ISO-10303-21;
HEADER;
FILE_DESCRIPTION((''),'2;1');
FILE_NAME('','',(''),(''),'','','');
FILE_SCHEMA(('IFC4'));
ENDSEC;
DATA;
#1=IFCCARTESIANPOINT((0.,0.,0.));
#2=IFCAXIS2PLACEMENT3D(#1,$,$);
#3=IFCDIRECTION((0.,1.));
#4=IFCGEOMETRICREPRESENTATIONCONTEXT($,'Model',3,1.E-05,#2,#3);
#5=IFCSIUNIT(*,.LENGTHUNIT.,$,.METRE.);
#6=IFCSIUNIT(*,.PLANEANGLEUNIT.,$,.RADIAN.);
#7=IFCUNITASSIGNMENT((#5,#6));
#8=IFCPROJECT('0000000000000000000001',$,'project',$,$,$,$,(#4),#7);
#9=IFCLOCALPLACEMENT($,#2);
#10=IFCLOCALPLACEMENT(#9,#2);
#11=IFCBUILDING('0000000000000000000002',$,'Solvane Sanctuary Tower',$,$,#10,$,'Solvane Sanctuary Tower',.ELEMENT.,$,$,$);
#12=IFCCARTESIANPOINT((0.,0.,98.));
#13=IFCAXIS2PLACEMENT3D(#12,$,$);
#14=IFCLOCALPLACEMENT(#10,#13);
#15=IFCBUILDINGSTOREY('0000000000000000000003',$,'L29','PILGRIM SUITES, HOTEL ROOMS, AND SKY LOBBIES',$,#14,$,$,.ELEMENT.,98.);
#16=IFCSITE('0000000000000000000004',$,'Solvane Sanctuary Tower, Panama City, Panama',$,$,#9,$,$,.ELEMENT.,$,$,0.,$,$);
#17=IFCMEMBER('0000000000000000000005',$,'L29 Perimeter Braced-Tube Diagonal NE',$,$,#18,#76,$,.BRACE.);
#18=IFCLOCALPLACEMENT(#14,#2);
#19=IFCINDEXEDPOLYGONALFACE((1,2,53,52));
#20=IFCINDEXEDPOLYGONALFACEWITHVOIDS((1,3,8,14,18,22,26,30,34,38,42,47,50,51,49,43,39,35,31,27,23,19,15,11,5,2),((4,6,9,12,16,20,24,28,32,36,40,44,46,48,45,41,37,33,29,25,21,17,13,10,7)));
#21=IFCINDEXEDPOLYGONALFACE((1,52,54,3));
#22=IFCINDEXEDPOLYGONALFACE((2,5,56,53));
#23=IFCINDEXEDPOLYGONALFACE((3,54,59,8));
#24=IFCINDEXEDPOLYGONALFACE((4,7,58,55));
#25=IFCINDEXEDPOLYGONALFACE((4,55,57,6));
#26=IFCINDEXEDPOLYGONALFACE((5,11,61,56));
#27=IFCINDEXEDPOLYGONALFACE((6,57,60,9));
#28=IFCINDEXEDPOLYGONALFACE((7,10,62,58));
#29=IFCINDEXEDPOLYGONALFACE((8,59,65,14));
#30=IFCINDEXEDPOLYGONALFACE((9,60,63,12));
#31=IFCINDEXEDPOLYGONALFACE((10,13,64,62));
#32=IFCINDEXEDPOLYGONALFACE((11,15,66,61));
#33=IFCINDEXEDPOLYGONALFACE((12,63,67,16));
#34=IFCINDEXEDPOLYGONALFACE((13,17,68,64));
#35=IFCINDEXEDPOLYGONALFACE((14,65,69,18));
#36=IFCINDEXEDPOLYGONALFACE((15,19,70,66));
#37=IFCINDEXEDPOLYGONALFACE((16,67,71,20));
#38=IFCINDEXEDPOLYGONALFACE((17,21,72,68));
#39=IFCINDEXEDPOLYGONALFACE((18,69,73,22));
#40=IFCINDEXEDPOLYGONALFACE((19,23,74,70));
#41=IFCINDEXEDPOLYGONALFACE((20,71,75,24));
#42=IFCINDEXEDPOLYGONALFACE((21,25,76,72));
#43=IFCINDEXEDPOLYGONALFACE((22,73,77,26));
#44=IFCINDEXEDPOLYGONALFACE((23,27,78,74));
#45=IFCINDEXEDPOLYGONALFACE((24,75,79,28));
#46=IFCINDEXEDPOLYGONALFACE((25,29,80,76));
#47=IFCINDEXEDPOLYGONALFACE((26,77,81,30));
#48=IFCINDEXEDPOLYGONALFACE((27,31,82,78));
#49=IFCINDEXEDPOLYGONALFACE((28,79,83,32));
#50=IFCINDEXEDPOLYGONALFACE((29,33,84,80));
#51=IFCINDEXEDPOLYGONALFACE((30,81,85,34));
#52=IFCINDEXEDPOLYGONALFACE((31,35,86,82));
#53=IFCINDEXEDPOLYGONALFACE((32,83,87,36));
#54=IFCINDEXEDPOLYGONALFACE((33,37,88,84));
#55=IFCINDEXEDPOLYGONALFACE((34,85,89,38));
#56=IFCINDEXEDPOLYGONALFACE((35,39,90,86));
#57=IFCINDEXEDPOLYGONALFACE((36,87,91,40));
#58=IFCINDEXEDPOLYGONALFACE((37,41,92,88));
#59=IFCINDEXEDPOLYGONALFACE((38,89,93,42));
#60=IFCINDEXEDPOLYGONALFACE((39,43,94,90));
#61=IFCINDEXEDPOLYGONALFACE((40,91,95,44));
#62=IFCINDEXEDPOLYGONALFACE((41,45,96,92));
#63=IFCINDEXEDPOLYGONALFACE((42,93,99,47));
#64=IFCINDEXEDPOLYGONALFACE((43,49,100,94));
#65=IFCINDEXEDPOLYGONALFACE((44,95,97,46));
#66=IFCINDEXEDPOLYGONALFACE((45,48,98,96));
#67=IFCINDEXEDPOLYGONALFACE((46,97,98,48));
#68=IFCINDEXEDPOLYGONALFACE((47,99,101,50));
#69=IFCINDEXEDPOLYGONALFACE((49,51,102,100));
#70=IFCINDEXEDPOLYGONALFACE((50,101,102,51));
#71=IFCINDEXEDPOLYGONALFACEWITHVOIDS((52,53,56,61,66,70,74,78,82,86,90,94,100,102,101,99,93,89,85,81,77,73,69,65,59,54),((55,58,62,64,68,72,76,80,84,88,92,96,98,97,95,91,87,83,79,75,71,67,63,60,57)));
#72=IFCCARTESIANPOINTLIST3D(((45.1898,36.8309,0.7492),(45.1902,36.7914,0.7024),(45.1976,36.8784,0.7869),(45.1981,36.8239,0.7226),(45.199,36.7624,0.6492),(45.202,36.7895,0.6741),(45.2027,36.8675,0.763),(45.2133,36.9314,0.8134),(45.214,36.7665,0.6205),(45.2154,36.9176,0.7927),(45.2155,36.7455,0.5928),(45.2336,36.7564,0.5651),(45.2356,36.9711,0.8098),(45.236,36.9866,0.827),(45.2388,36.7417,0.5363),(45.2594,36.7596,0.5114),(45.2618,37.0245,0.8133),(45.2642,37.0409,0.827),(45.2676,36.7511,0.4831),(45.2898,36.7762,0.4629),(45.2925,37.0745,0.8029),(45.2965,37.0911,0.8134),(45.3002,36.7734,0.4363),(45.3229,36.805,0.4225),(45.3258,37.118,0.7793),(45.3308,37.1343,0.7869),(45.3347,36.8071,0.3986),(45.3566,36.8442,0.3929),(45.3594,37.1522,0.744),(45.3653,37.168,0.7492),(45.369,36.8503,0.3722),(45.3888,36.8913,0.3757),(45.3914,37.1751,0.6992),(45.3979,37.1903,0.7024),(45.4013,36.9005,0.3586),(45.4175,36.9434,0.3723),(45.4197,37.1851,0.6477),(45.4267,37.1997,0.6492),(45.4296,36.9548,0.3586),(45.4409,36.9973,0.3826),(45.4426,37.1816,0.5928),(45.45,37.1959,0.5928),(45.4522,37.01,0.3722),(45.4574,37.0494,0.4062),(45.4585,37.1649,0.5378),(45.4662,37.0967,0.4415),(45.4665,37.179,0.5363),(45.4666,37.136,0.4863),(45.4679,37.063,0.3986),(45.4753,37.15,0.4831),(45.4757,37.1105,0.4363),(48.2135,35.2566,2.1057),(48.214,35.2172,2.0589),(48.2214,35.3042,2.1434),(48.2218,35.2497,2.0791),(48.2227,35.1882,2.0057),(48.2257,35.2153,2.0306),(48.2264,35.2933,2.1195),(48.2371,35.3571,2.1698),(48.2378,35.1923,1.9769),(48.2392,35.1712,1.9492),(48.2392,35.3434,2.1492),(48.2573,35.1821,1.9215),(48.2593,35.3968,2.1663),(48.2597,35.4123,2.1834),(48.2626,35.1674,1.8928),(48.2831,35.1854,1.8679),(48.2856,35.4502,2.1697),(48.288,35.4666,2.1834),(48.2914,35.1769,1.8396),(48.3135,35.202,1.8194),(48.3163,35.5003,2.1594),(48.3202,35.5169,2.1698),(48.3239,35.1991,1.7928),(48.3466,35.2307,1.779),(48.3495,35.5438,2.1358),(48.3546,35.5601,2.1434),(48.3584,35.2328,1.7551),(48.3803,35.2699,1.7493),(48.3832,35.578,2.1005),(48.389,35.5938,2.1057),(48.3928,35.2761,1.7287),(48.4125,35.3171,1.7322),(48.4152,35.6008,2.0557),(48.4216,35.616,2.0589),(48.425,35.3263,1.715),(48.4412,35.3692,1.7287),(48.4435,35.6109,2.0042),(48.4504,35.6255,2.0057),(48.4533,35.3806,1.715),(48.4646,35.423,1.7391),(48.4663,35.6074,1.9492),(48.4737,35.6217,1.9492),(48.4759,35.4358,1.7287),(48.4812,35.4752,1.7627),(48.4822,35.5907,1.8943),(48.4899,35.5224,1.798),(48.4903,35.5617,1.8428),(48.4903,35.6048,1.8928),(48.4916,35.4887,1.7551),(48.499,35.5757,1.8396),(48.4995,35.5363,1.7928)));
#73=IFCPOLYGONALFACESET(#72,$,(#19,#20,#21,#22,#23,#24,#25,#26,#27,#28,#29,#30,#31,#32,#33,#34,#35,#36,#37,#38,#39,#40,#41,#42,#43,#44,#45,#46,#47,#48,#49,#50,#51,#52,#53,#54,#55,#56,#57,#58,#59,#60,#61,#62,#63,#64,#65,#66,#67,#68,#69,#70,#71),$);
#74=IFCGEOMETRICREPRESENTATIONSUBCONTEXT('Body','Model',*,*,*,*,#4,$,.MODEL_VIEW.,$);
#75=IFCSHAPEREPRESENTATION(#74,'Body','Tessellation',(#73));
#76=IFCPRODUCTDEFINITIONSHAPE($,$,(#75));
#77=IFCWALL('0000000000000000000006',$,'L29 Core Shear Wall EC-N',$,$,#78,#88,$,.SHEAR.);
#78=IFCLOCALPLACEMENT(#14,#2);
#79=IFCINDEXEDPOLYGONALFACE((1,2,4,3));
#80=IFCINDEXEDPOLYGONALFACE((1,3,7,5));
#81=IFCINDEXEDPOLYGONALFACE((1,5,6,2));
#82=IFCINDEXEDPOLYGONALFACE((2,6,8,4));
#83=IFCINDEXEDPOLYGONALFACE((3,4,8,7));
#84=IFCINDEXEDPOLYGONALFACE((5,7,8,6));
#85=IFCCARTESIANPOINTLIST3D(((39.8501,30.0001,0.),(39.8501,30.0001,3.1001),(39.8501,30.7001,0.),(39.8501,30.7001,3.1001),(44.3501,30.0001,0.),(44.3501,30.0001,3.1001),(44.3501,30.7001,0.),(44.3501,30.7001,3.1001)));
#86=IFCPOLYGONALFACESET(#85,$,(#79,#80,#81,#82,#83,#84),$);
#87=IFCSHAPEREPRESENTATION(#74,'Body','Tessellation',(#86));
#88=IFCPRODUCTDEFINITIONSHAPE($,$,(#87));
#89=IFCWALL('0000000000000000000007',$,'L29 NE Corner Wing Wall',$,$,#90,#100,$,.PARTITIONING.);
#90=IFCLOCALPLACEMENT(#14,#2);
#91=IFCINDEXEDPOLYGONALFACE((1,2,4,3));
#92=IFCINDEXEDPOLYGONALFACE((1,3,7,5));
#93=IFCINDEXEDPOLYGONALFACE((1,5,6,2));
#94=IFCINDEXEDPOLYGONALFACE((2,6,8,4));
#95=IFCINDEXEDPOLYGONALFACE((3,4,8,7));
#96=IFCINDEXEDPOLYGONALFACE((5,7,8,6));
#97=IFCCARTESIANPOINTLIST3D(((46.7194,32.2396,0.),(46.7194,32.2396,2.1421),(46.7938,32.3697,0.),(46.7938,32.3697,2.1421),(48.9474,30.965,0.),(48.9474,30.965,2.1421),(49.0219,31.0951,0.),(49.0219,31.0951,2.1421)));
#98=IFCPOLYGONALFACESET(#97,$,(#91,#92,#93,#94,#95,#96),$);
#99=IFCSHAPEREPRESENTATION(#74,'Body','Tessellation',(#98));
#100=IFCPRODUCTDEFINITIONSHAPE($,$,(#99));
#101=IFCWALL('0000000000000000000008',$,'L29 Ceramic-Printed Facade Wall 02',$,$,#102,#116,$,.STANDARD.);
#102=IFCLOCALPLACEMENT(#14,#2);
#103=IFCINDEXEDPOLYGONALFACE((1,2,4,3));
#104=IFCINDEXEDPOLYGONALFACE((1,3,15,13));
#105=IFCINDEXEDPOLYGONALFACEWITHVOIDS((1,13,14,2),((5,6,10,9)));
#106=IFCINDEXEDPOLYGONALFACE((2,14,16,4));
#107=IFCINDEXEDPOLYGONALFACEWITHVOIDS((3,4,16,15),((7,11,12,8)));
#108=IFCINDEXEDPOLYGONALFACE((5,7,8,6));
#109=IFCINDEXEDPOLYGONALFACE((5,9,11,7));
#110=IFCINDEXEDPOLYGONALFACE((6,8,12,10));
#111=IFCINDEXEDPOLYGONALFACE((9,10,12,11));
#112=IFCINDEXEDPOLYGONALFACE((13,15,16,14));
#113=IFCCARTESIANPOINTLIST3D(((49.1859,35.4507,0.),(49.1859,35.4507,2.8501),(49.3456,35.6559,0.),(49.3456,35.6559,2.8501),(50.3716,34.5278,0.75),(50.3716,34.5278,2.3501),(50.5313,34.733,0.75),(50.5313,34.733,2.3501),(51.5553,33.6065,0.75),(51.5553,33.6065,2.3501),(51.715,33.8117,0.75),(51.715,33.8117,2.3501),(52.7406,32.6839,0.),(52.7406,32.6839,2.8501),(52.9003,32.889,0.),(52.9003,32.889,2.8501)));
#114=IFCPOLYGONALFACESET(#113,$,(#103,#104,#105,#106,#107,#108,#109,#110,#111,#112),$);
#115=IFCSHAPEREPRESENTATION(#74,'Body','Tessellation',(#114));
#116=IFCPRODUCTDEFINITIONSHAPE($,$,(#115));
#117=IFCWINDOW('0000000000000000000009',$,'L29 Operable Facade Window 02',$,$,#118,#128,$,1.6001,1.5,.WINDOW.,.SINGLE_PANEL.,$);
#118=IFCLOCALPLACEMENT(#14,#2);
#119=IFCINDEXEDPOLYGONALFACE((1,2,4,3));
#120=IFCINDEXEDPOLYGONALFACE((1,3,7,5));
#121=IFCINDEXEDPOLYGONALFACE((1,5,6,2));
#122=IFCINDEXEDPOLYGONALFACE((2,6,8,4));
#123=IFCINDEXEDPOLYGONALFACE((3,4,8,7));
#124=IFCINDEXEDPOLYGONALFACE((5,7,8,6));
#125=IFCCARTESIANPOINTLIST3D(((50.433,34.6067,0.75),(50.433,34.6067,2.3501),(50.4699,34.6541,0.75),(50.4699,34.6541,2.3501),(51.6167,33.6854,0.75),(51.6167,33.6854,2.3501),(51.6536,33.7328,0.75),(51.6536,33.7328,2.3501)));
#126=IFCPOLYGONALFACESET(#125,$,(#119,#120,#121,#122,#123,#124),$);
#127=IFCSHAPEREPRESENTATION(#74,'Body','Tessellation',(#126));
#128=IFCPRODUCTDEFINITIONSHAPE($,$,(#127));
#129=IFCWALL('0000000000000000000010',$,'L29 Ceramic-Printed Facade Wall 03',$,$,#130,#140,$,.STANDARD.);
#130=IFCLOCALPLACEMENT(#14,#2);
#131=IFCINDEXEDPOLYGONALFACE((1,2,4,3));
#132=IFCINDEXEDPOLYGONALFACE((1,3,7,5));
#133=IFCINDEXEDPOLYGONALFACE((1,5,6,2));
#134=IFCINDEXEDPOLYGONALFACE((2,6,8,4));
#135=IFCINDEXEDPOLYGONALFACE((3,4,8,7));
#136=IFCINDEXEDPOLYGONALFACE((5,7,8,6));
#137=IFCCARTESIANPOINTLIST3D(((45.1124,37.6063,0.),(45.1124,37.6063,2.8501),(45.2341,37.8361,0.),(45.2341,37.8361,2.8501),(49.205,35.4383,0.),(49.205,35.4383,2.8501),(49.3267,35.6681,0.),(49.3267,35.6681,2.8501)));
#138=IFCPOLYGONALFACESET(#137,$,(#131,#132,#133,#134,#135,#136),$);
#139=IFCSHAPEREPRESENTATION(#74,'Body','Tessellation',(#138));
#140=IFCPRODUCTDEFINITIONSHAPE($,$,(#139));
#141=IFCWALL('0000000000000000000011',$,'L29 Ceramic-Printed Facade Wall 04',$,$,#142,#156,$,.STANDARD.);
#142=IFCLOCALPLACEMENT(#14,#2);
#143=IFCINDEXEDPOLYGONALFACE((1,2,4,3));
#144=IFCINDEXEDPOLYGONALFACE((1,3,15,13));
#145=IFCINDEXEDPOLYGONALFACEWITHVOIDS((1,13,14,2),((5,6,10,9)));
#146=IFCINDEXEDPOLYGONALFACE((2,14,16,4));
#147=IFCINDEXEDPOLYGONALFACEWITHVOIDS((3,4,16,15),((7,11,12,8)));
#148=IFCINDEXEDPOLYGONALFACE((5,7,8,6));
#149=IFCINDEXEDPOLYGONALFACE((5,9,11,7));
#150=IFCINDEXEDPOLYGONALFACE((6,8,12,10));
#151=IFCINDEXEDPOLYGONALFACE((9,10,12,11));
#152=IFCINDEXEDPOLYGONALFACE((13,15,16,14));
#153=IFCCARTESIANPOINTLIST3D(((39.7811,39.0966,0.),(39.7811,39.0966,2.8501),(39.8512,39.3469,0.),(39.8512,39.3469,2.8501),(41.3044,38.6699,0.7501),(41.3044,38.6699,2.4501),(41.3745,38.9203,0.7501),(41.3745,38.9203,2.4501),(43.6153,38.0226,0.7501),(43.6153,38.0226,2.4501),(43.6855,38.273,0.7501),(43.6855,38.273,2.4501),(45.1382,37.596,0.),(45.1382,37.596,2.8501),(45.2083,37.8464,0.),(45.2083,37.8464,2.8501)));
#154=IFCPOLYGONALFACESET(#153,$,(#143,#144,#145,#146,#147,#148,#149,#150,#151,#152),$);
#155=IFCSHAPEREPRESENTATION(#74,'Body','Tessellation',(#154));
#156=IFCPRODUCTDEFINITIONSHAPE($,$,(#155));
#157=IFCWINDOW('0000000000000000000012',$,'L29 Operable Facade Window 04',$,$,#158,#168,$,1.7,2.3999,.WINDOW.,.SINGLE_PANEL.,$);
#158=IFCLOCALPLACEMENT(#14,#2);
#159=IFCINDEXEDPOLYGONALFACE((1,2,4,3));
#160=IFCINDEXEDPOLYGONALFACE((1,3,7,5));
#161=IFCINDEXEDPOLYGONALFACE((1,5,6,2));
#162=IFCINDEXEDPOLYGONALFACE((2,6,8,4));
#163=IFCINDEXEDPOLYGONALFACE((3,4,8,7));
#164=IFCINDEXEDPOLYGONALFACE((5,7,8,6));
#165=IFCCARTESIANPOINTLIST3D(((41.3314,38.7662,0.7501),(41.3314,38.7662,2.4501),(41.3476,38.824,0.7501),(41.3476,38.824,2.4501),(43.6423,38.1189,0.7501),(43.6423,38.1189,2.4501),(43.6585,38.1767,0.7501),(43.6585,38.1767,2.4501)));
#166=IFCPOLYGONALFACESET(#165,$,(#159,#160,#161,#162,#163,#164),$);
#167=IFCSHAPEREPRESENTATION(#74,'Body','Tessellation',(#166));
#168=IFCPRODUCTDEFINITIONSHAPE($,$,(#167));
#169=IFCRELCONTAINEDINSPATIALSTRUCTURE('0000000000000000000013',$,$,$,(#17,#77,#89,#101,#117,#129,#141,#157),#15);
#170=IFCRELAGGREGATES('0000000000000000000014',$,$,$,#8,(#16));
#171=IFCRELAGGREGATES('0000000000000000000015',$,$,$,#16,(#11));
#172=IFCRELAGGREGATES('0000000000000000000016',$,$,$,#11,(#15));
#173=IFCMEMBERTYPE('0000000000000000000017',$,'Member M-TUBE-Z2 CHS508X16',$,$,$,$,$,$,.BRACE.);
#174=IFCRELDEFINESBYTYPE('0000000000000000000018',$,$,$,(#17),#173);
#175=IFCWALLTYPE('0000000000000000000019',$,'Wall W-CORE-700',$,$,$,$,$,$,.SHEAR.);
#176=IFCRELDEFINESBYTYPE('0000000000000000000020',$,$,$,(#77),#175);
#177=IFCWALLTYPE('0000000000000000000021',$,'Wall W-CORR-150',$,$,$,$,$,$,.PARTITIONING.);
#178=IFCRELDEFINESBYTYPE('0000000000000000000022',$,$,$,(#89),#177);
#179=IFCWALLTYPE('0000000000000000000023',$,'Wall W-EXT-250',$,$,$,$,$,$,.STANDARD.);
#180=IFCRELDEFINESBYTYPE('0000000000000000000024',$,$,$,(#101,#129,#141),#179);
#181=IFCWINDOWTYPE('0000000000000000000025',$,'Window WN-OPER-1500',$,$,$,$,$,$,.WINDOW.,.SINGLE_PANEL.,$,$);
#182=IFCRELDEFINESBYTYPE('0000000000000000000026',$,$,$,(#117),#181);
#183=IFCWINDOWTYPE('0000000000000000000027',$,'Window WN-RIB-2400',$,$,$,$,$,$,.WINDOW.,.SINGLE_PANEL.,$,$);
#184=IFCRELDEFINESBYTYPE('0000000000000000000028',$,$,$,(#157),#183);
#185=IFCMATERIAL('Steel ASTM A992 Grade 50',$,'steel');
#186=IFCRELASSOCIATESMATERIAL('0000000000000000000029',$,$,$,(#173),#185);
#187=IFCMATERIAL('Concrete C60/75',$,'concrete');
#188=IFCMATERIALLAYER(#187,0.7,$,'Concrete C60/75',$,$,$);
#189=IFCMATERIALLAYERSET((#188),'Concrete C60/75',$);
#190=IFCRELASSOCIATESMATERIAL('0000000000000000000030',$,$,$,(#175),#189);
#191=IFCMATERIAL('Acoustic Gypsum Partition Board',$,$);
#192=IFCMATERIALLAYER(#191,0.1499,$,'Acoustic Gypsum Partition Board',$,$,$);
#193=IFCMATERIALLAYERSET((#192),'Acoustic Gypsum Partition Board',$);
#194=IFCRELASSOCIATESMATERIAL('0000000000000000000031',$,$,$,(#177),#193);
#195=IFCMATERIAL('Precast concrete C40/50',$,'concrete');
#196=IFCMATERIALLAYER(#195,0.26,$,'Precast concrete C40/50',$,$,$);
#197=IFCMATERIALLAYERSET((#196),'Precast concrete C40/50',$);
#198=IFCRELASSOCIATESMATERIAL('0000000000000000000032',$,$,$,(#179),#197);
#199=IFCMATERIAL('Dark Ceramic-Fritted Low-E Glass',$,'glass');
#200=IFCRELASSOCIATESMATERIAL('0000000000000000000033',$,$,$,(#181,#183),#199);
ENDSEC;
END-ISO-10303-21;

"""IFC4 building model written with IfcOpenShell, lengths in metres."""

from ifc_helpers import new_model, si_unit, direction, frame, frame_2d, origin, origin_2d, place, context, subcontext, project, spatial, rectangle, hollow_circle, extrude, material, layer, layer_set, material_profile, profile_set, type_object, element, fill, save


model = new_model("IFC4")

# Units and contexts
model_context = context("Model", 3, precision=1e-05, world=origin(), true_north=direction((0.0, 1.0)))
body_context = subcontext(model_context, "Body", "Model", "MODEL_VIEW")
ifc_project = project(units=[si_unit("LENGTHUNIT", "METRE"), si_unit("PLANEANGLEUNIT", "RADIAN")], contexts=[model_context])

# Site, building, storey
site_placement = place(None, origin())
site = spatial("IfcSite", under=ifc_project, at=site_placement, Name="Solvane Sanctuary Tower, Panama City, Panama", CompositionType="ELEMENT", RefElevation=0.0)
building_placement = place(site_placement, origin())
building = spatial("IfcBuilding", under=site, at=building_placement, Name="Solvane Sanctuary Tower", LongName="Solvane Sanctuary Tower", CompositionType="ELEMENT")
storey_placement = place(building_placement, frame((0.0, 0.0, 98.0)))
storey = spatial("IfcBuildingStorey", under=building, at=storey_placement, Name="L29", Description="PILGRIM SUITES, HOTEL ROOMS, AND SKY LOBBIES", CompositionType="ELEMENT", Elevation=98.0)

# Shared definitions
ifc_material_1 = material(Name="Concrete C60/75", Category="concrete")

# Shared definitions
ifc_material_2 = material(Name="Steel ASTM A992 Grade 50", Category="steel")

# Member
ifc_material_profile_1 = material_profile(ifc_material_2, hollow_circle(Radius=0.2539, WallThickness=0.0161, at=origin_2d()), Name="CHS508X16")
ifc_profile_set_1 = profile_set([ifc_material_profile_1], Name="Steel ASTM A992 Grade 50")
member_type = type_object("IfcMemberType", Name="Member M-TUBE-Z2 CHS508X16", PredefinedType="BRACE", material=ifc_profile_set_1)
member_placement = place(storey_placement, frame((45.3328, 36.9707, 0.5928), z_axis=(0.824141, -0.429072, 0.369715), x_axis=(0.461792, 0.886988, 0.0)))
element("IfcMember", 1, at=member_placement, inside=storey, type_object=member_type, Name="L29 Perimeter Braced-Tube Diagonal NE", PredefinedType="BRACE", context=body_context, shape_type="SweptSolid", body=[
    extrude(hollow_circle(Radius=0.2539, WallThickness=0.0161, at=origin_2d()), origin(), (0.0, 0.0, 1.0), 3.6689),
])

# Walls
ifc_layer_1 = layer(ifc_material_1, 0.7, Name="Concrete C60/75")
ifc_layer_set_1 = layer_set([ifc_layer_1], Name="Concrete C60/75")
wall_type_1 = type_object("IfcWallType", Name="Wall W-CORE-700", PredefinedType="SHEAR", material=ifc_layer_set_1)
wall_1_placement = place(storey_placement, frame((39.8501, 30.3501, 0.0), z_axis=(0.0, 0.0, 1.0), x_axis=(1.0, 0.0, 0.0)))
element("IfcWall", 2, at=wall_1_placement, inside=storey, type_object=wall_type_1, Name="L29 Core Shear Wall EC-N", PredefinedType="SHEAR", context=body_context, shape_type="SweptSolid", body=[
    extrude(rectangle(XDim=4.5, YDim=0.7, at=frame_2d((2.25, 0.0))), origin(), (0.0, 0.0, 1.0), 3.1001),
])
ifc_material_3 = material(Name="Acoustic Gypsum Partition Board")
ifc_layer_2 = layer(ifc_material_3, 0.1499, Name="Acoustic Gypsum Partition Board")
ifc_layer_set_2 = layer_set([ifc_layer_2], Name="Acoustic Gypsum Partition Board")
wall_type_2 = type_object("IfcWallType", Name="Wall W-CORR-150", PredefinedType="PARTITIONING", material=ifc_layer_set_2)
wall_2_placement = place(storey_placement, frame((46.7566, 32.3047, 0.0), z_axis=(0.0, 0.0, 1.0), x_axis=(0.867991, -0.496579, 0.0)))
element("IfcWall", 3, at=wall_2_placement, inside=storey, type_object=wall_type_2, Name="L29 NE Corner Wing Wall", PredefinedType="PARTITIONING", context=body_context, shape_type="SweptSolid", body=[
    extrude(rectangle(XDim=2.5669, YDim=0.1499, at=frame_2d((1.2834, 0.0))), origin(), (0.0, 0.0, 1.0), 2.1421),
])

# Wall, opening, window
ifc_material_4 = material(Name="Precast concrete C40/50", Category="concrete")
ifc_layer_3 = layer(ifc_material_4, 0.26, Name="Precast concrete C40/50")
ifc_layer_set_3 = layer_set([ifc_layer_3], Name="Precast concrete C40/50")
wall_type_3 = type_object("IfcWallType", Name="Wall W-EXT-250", PredefinedType="STANDARD", material=ifc_layer_set_3)
wall_3_placement = place(storey_placement, frame((52.8206, 32.7864, 0.0), z_axis=(0.0, 0.0, 1.0), x_axis=(-0.789127, 0.614229, 0.0)))
wall_3 = element("IfcWall", 4, at=wall_3_placement, inside=storey, type_object=wall_type_3, Name="L29 Ceramic-Printed Facade Wall 02", PredefinedType="STANDARD", context=body_context, shape_type="SweptSolid", body=[
    extrude(rectangle(XDim=4.5046, YDim=0.26, at=frame_2d((2.2524, 0.0))), origin(), (0.0, 0.0, 1.0), 2.8501),
])
opening_1_placement = place(wall_3_placement, frame((1.5022, 0.0, 0.75)))
opening_1 = element("IfcOpeningElement", 5, at=opening_1_placement, cuts=wall_3, PredefinedType="OPENING", context=body_context, shape_type="SweptSolid", body=[
    extrude(rectangle(XDim=1.5, YDim=1.6001, at=frame_2d((0.75, 0.8))), frame((0.0, 0.1399, 0.0), z_axis=(0.0, -1.0, 0.0), x_axis=(1.0, 0.0, 0.0)), (0.0, 0.0, 1.0), 0.28),
])
ifc_material_5 = material(Name="Dark Ceramic-Fritted Low-E Glass", Category="glass")
window_type_1 = type_object("IfcWindowType", Name="Window WN-OPER-1500", PartitioningType="SINGLE_PANEL", PredefinedType="WINDOW", material=ifc_material_5)
window_1_placement = place(opening_1_placement, origin())
window_1 = element("IfcWindow", 6, at=window_1_placement, inside=storey, type_object=window_type_1, Name="L29 Operable Facade Window 02", OverallHeight=1.6001, OverallWidth=1.5, PartitioningType="SINGLE_PANEL", PredefinedType="WINDOW", context=body_context, shape_type="SweptSolid", body=[
    extrude(rectangle(XDim=1.5, YDim=1.6001, at=frame_2d((0.75, 0.8))), frame((0.0, 0.03, 0.0), z_axis=(0.0, -1.0, 0.0), x_axis=(1.0, 0.0, 0.0)), (0.0, 0.0, 1.0), 0.0601),
])
fill(opening_1, window_1)

# Wall
wall_4_placement = place(storey_placement, frame((49.2659, 35.5532, 0.0), z_axis=(0.0, 0.0, 1.0), x_axis=(-0.883669, 0.468113, 0.0)))
element("IfcWall", 7, at=wall_4_placement, inside=storey, type_object=wall_type_3, Name="L29 Ceramic-Printed Facade Wall 03", PredefinedType="STANDARD", context=body_context, shape_type="SweptSolid", body=[
    extrude(rectangle(XDim=4.6313, YDim=0.26, at=frame_2d((2.3157, 0.0))), origin(), (0.0, 0.0, 1.0), 2.8501),
])

# Wall, opening, window
wall_5_placement = place(storey_placement, frame((45.1733, 37.7212, 0.0), z_axis=(0.0, 0.0, 1.0), x_axis=(-0.962938, 0.269721, 0.0)))
wall_5 = element("IfcWall", 8, at=wall_5_placement, inside=storey, type_object=wall_type_3, Name="L29 Ceramic-Printed Facade Wall 04", PredefinedType="STANDARD", context=body_context, shape_type="SweptSolid", body=[
    extrude(rectangle(XDim=5.5632, YDim=0.26, at=frame_2d((2.7817, 0.0))), origin(), (0.0, 0.0, 1.0), 2.8501),
])
opening_2_placement = place(wall_5_placement, frame((1.5815, 0.0, 0.75)))
opening_2 = element("IfcOpeningElement", 9, at=opening_2_placement, cuts=wall_5, PredefinedType="OPENING", context=body_context, shape_type="SweptSolid", body=[
    extrude(rectangle(XDim=2.3999, YDim=1.7, at=frame_2d((1.2, 0.8501))), frame((0.0, 0.1399, 0.0), z_axis=(0.0, -1.0, 0.0), x_axis=(1.0, 0.0, 0.0)), (0.0, 0.0, 1.0), 0.28),
])
window_type_2 = type_object("IfcWindowType", Name="Window WN-RIB-2400", PartitioningType="SINGLE_PANEL", PredefinedType="WINDOW", material=ifc_material_5)
window_2_placement = place(opening_2_placement, origin())
window_2 = element("IfcWindow", 10, at=window_2_placement, inside=storey, type_object=window_type_2, Name="L29 Operable Facade Window 04", OverallHeight=1.7, OverallWidth=2.3999, PartitioningType="SINGLE_PANEL", PredefinedType="WINDOW", context=body_context, shape_type="SweptSolid", body=[
    extrude(rectangle(XDim=2.3999, YDim=1.7, at=frame_2d((1.2, 0.8501))), frame((0.0, 0.03, 0.0), z_axis=(0.0, -1.0, 0.0), x_axis=(1.0, 0.0, 0.0)), (0.0, 0.0, 1.0), 0.0601),
])
fill(opening_2, window_2)

save(model, "model.ifc")
